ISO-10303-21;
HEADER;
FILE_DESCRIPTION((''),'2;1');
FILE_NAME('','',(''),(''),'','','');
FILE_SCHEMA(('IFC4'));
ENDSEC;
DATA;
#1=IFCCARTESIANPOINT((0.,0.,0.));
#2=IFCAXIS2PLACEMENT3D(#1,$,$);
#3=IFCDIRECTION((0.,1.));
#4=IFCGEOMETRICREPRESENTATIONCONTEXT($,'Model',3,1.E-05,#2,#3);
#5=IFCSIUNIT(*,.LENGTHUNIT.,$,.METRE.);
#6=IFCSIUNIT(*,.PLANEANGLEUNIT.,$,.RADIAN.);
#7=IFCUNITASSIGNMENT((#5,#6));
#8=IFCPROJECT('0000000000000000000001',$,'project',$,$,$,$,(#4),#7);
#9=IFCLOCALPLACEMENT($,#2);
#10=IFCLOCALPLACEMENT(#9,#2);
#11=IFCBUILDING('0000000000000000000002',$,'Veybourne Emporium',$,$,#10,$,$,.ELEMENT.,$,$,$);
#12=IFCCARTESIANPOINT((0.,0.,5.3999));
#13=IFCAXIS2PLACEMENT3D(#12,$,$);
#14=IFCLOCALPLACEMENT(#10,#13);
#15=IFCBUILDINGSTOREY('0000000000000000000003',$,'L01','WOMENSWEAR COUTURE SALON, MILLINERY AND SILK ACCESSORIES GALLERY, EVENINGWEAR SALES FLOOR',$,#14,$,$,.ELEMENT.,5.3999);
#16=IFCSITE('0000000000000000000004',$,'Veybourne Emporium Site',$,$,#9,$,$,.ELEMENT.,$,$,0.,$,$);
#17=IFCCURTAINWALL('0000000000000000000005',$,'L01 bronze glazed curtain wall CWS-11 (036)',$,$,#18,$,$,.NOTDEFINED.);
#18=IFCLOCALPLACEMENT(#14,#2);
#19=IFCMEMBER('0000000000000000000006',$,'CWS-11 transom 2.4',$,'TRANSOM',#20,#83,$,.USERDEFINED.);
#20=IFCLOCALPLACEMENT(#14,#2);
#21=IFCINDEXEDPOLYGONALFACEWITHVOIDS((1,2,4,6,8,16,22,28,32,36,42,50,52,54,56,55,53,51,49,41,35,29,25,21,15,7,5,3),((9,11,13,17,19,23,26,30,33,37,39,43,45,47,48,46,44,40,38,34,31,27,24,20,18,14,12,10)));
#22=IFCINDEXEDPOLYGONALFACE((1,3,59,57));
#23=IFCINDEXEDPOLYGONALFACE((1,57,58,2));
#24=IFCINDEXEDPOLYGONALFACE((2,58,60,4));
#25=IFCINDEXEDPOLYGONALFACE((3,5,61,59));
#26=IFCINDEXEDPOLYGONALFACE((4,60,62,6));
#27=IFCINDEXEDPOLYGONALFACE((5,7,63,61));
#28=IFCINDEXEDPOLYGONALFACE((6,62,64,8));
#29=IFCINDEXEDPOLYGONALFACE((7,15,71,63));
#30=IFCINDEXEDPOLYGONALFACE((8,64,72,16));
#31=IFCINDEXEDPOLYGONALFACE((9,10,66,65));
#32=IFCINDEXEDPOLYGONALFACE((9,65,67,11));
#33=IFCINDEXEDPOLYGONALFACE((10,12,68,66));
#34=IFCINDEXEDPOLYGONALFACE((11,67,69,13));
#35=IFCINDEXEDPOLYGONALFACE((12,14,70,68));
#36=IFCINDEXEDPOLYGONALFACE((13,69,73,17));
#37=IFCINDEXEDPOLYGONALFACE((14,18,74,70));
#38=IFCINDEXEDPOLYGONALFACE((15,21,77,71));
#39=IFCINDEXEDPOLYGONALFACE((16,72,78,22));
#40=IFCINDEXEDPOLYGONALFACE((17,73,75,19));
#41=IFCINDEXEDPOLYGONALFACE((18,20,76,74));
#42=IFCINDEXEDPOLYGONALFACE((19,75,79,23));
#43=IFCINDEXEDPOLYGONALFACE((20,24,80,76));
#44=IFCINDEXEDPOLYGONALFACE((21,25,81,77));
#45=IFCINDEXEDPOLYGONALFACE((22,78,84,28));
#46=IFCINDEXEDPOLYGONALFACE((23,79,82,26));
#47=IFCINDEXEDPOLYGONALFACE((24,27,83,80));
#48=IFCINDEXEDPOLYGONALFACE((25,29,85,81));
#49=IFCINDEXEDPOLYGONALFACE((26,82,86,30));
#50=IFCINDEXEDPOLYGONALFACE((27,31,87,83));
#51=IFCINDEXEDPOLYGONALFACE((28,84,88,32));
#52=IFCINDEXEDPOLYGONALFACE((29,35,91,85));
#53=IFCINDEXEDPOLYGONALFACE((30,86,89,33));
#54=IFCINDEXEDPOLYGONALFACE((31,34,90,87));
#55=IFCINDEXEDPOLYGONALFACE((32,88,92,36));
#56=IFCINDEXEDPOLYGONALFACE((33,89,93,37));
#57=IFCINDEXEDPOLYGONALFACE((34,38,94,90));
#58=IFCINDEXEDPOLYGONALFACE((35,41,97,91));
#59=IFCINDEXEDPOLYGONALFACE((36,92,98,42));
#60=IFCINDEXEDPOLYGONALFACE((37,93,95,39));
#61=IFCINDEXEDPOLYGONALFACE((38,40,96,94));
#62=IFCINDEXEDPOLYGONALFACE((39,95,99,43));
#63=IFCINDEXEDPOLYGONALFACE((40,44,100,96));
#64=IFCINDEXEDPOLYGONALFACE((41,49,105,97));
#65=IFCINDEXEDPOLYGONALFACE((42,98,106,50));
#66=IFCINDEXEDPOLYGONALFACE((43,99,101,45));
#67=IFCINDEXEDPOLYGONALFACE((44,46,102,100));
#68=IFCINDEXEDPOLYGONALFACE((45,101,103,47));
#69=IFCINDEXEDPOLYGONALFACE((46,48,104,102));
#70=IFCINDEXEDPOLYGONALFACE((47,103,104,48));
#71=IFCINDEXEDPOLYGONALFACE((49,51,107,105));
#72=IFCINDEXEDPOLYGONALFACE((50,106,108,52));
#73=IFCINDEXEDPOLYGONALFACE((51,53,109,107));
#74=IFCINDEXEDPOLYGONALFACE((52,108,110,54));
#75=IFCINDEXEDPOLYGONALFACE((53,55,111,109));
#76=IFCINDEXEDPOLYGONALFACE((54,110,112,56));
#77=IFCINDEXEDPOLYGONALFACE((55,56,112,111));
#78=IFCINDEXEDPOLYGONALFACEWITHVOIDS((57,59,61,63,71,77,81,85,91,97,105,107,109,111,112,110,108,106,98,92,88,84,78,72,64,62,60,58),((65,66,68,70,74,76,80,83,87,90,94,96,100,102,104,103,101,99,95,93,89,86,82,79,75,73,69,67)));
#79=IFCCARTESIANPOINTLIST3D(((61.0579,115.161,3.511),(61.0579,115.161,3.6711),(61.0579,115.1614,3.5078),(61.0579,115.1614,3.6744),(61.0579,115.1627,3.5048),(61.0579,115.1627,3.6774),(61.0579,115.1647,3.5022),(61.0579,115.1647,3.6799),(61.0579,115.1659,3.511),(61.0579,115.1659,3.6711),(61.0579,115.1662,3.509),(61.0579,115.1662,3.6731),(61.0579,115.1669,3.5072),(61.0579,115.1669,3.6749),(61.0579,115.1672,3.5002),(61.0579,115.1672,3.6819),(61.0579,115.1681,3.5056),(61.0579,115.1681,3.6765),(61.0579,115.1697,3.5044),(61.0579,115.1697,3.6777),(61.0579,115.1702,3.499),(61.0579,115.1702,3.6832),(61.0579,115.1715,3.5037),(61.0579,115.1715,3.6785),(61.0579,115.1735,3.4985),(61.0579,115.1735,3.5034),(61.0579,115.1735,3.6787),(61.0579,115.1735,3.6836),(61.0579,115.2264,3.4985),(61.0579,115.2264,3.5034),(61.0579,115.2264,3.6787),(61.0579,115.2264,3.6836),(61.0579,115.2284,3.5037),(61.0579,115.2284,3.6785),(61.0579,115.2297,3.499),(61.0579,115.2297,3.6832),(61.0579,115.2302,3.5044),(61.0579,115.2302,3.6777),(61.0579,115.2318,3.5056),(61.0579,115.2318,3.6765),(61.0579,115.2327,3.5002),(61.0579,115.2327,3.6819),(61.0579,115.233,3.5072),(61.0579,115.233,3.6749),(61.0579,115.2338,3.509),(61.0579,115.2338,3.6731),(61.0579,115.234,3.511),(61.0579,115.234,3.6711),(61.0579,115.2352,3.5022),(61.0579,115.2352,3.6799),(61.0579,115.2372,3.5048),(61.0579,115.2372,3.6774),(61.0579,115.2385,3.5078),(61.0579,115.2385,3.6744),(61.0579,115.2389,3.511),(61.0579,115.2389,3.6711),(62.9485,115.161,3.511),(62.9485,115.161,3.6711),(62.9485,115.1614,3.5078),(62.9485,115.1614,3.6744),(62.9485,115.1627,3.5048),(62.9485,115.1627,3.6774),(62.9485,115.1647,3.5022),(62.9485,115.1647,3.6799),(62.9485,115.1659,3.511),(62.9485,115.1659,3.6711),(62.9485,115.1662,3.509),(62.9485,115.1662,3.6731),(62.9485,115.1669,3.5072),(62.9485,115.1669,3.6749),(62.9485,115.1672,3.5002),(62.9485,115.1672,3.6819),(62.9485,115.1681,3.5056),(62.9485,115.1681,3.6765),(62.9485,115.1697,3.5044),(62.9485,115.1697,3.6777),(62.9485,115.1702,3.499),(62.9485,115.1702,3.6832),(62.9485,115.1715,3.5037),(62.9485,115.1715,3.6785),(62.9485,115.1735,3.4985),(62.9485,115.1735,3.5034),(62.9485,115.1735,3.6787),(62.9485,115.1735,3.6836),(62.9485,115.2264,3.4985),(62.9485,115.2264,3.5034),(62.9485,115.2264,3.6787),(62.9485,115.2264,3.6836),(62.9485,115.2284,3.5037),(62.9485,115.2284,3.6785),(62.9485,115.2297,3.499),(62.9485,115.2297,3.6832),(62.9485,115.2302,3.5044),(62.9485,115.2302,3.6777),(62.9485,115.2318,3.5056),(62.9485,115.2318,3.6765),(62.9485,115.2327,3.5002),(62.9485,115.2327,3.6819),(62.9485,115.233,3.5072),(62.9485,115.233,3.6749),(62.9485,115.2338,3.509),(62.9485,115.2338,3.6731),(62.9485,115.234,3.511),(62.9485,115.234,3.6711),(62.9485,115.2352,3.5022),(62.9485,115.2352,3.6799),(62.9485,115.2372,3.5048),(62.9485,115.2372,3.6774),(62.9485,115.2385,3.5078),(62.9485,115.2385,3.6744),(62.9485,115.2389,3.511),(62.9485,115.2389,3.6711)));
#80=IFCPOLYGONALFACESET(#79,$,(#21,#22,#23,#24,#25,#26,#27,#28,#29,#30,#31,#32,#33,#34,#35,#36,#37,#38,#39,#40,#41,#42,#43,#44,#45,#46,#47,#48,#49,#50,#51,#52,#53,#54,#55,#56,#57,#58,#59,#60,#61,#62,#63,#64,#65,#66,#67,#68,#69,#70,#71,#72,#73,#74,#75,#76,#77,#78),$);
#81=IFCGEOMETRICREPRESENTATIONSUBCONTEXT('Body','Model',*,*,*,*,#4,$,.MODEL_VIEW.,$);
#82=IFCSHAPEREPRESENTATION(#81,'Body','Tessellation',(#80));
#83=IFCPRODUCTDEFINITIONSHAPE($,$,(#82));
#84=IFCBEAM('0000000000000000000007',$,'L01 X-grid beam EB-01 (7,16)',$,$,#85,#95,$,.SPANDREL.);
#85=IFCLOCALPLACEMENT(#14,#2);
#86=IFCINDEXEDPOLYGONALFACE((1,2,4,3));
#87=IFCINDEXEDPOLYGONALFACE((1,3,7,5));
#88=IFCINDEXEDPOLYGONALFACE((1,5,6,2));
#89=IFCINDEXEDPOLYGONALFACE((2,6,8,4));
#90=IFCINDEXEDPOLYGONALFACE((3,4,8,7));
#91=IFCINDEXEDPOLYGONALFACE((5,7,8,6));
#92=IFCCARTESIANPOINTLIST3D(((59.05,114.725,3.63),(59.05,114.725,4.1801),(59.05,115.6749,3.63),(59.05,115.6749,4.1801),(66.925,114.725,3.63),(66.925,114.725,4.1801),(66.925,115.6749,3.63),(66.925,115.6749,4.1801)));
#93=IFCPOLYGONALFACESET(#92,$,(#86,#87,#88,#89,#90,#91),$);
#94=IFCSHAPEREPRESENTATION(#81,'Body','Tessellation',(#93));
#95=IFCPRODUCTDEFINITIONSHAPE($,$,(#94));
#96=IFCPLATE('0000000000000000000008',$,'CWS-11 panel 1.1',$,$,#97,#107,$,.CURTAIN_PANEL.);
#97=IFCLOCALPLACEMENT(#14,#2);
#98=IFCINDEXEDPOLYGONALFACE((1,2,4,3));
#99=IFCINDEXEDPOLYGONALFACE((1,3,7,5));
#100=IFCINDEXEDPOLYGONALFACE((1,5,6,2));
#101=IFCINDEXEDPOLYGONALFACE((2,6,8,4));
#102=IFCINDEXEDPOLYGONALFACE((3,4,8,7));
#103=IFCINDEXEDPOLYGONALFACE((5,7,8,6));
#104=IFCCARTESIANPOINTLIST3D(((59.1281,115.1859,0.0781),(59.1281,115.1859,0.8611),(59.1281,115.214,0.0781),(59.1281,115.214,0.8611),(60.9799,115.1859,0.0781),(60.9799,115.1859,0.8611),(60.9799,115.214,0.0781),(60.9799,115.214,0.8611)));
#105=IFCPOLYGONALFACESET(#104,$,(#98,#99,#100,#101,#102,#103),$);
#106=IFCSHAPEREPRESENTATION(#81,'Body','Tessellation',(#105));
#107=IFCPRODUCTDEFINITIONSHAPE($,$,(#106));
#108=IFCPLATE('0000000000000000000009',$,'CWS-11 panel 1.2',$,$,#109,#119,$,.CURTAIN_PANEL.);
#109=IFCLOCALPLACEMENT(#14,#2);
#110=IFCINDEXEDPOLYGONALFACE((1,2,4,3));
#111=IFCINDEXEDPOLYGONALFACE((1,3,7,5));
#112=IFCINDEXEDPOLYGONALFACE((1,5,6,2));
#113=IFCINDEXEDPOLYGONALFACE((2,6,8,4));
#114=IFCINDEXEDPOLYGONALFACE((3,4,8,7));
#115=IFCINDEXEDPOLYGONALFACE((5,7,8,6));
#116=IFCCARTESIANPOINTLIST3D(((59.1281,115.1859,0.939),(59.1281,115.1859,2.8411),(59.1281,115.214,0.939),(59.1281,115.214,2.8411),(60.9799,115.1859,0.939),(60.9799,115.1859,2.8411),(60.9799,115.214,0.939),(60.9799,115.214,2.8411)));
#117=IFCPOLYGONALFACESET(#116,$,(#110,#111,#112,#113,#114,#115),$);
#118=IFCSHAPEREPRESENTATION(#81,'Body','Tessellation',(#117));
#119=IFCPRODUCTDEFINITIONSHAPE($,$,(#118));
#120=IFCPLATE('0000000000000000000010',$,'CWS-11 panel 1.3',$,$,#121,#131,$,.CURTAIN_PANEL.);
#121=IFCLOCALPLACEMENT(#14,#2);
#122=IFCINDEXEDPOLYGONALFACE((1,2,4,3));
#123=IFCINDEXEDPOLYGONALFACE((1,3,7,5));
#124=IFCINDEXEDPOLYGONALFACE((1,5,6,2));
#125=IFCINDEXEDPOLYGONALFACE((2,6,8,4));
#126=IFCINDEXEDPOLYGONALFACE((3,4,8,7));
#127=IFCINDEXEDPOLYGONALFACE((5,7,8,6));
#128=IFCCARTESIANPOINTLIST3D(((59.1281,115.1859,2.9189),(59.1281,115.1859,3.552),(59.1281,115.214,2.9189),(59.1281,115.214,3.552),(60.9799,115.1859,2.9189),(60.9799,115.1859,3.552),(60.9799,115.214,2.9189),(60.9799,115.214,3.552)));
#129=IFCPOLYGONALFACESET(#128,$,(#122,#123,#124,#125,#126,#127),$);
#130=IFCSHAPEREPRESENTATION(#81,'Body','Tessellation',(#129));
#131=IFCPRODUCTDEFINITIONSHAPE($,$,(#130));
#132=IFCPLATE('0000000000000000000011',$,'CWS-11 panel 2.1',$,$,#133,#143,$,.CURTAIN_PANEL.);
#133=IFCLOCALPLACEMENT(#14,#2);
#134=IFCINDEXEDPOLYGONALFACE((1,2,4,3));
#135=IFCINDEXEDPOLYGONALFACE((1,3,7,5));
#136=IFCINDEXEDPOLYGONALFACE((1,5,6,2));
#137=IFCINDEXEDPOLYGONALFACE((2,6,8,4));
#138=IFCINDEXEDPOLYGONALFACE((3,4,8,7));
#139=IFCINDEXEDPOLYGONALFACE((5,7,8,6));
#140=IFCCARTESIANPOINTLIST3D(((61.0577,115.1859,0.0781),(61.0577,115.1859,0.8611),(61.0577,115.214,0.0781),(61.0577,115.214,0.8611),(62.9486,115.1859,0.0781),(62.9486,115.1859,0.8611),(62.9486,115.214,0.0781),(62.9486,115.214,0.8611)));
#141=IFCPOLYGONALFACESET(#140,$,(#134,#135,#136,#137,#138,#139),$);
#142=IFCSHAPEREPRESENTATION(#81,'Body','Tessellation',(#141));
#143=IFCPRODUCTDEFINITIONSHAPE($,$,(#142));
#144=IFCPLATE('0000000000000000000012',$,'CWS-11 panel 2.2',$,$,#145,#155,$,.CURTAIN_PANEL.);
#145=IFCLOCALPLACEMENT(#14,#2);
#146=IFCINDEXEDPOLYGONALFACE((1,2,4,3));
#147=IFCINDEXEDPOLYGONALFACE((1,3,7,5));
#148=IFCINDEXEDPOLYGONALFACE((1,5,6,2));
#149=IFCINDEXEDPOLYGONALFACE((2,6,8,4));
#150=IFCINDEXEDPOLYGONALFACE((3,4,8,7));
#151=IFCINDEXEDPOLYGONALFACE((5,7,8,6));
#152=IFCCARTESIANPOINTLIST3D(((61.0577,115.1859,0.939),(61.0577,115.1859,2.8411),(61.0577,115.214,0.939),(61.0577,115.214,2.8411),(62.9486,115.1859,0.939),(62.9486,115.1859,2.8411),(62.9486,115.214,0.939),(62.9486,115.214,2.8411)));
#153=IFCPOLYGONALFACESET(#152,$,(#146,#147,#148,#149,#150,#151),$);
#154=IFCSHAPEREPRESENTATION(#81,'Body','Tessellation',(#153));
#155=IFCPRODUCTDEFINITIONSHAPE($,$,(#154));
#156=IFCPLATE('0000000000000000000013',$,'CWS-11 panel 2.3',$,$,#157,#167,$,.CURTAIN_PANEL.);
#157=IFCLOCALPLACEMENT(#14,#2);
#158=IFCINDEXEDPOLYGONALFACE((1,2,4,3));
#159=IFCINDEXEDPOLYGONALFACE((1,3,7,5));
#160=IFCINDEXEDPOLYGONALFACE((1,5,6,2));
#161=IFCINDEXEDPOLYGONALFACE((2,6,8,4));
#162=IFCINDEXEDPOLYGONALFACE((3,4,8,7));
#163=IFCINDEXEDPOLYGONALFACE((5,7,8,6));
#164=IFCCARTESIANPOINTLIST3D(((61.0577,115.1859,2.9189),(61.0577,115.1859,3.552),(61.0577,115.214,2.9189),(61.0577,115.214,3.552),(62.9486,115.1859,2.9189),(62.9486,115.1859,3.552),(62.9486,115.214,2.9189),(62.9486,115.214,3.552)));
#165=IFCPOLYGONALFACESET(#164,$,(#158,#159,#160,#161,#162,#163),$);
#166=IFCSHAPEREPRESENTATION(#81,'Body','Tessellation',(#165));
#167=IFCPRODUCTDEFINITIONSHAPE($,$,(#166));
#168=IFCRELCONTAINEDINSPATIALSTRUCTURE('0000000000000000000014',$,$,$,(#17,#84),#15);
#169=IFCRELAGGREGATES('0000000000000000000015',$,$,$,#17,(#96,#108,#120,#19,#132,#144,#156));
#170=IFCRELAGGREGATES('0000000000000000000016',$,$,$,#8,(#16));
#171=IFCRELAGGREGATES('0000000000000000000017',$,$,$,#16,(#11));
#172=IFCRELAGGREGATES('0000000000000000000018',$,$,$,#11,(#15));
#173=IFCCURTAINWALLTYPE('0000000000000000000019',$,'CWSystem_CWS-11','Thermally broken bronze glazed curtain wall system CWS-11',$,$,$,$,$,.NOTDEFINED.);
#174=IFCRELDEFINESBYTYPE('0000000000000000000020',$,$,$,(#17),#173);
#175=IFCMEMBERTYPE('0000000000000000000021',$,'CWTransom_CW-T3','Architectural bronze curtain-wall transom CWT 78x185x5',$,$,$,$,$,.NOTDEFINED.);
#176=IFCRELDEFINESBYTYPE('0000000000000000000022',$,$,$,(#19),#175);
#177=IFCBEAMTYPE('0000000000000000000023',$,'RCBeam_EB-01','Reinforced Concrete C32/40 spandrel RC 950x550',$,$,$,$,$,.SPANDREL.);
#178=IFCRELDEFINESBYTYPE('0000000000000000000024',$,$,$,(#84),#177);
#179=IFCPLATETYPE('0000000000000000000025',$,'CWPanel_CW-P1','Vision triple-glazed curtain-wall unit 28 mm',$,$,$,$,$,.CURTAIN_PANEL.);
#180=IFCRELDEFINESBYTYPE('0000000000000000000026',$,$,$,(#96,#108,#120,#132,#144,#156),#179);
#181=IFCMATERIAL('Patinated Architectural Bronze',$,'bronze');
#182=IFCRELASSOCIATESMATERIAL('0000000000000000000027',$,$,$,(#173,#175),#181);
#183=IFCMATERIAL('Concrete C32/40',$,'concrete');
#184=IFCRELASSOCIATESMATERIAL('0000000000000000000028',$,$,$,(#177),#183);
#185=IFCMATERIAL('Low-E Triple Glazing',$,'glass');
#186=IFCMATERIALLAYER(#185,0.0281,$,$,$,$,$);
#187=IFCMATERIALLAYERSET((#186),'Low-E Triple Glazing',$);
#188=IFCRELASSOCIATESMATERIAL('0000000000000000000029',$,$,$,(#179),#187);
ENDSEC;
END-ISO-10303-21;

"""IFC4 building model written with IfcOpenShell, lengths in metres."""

from ifc_helpers import new_model, si_unit, direction, frame, origin, origin_2d, place, context, subcontext, project, spatial, rectangle, hollow_rectangle, extrude, material, layer, layer_set, material_profile, profile_set, type_object, element, aggregate, save


model = new_model("IFC4")

# Units and contexts
model_context = context("Model", 3, precision=1e-05, world=origin(), true_north=direction((0.0, 1.0)))
body_context = subcontext(model_context, "Body", "Model", "MODEL_VIEW")
ifc_project = project(units=[si_unit("LENGTHUNIT", "METRE"), si_unit("PLANEANGLEUNIT", "RADIAN")], contexts=[model_context])

# Site, building, storey
site_placement = place(None, origin())
site = spatial("IfcSite", under=ifc_project, at=site_placement, Name="Veybourne Emporium Site", CompositionType="ELEMENT", RefElevation=0.0)
building_placement = place(site_placement, origin())
building = spatial("IfcBuilding", under=site, at=building_placement, Name="Veybourne Emporium", CompositionType="ELEMENT")
storey_placement = place(building_placement, frame((0.0, 0.0, 5.3999)))
storey = spatial("IfcBuildingStorey", under=building, at=storey_placement, Name="L01", Description="WOMENSWEAR COUTURE SALON, MILLINERY AND SILK ACCESSORIES GALLERY, EVENINGWEAR SALES FLOOR", CompositionType="ELEMENT", Elevation=5.3999)

# Curtain wall, member
ifc_material_1 = material(Name="Patinated Architectural Bronze", Category="bronze")
curtain_wall_type = type_object("IfcCurtainWallType", Name="CWSystem_CWS-11", Description="Thermally broken bronze glazed curtain wall system CWS-11", PredefinedType="NOTDEFINED", material=ifc_material_1)
curtain_wall_placement = place(storey_placement, origin())
curtain_wall = element("IfcCurtainWall", 1, at=curtain_wall_placement, inside=storey, type_object=curtain_wall_type, Name="L01 bronze glazed curtain wall CWS-11 (036)", PredefinedType="NOTDEFINED")
ifc_material_profile_1 = material_profile(ifc_material_1, hollow_rectangle(XDim=0.0779, YDim=0.1851, WallThickness=0.0049, InnerFilletRadius=0.0076, OuterFilletRadius=0.0125, at=origin_2d()), Name="CWT 78x185x5")
ifc_profile_set_1 = profile_set([ifc_material_profile_1], Name="Patinated Architectural Bronze")
member_type_1 = type_object("IfcMemberType", Name="CWTransom_CW-T3", Description="Architectural bronze curtain-wall transom CWT 78x185x5", PredefinedType="NOTDEFINED", material=ifc_profile_set_1)
member_1_placement = place(storey_placement, frame((61.0579, 115.2, 3.5911), z_axis=(1.0, 0.0, 0.0), x_axis=(0.0, 1.0, 0.0)))
member_1 = element("IfcMember", 2, at=member_1_placement, type_object=member_type_1, Name="CWS-11 transom 2.4", ObjectType="TRANSOM", PredefinedType="USERDEFINED", context=body_context, shape_type="SweptSolid", body=[
    extrude(hollow_rectangle(XDim=0.0779, YDim=0.1851, WallThickness=0.0049, InnerFilletRadius=0.0076, OuterFilletRadius=0.0125, at=origin_2d()), origin(), (0.0, 0.0, 1.0), 1.8906),
])

# Beam
ifc_material_2 = material(Name="Concrete C32/40", Category="concrete")
ifc_material_profile_2 = material_profile(ifc_material_2, rectangle(XDim=0.95, YDim=0.55, at=origin_2d()), Name="RC 950x550")
ifc_profile_set_2 = profile_set([ifc_material_profile_2], Name="Concrete C32/40")
beam_type = type_object("IfcBeamType", Name="RCBeam_EB-01", Description="Reinforced Concrete C32/40 spandrel RC 950x550", PredefinedType="SPANDREL", material=ifc_profile_set_2)
beam_placement = place(storey_placement, frame((59.05, 115.2, 3.905), z_axis=(1.0, 0.0, 0.0), x_axis=(0.0, 1.0, 0.0)))
element("IfcBeam", 3, at=beam_placement, inside=storey, type_object=beam_type, Name="L01 X-grid beam EB-01 (7,16)", PredefinedType="SPANDREL", context=body_context, shape_type="SweptSolid", body=[
    extrude(rectangle(XDim=0.95, YDim=0.55, at=origin_2d()), origin(), (0.0, 0.0, 1.0), 7.875),
])

# Plates
ifc_material_3 = material(Name="Low-E Triple Glazing", Category="glass")
ifc_layer_1 = layer(ifc_material_3, 0.0281)
ifc_layer_set_1 = layer_set([ifc_layer_1], Name="Low-E Triple Glazing")
plate_type = type_object("IfcPlateType", Name="CWPanel_CW-P1", Description="Vision triple-glazed curtain-wall unit 28 mm", PredefinedType="CURTAIN_PANEL", material=ifc_layer_set_1)
plate_1_placement = place(storey_placement, frame((60.054, 115.2, 0.0781), z_axis=(0.0, 0.0, 1.0), x_axis=(1.0, 0.0, 0.0)))
plate_1 = element("IfcPlate", 4, at=plate_1_placement, type_object=plate_type, Name="CWS-11 panel 1.1", PredefinedType="CURTAIN_PANEL", context=body_context, shape_type="SweptSolid", body=[
    extrude(rectangle(XDim=1.8518, YDim=0.0281, at=origin_2d()), origin(), (0.0, 0.0, 1.0), 0.783),
])
plate_2_placement = place(storey_placement, frame((60.054, 115.2, 0.939), z_axis=(0.0, 0.0, 1.0), x_axis=(1.0, 0.0, 0.0)))
plate_2 = element("IfcPlate", 5, at=plate_2_placement, type_object=plate_type, Name="CWS-11 panel 1.2", PredefinedType="CURTAIN_PANEL", context=body_context, shape_type="SweptSolid", body=[
    extrude(rectangle(XDim=1.8518, YDim=0.0281, at=origin_2d()), origin(), (0.0, 0.0, 1.0), 1.9021),
])
plate_3_placement = place(storey_placement, frame((60.054, 115.2, 2.9189), z_axis=(0.0, 0.0, 1.0), x_axis=(1.0, 0.0, 0.0)))
plate_3 = element("IfcPlate", 6, at=plate_3_placement, type_object=plate_type, Name="CWS-11 panel 1.3", PredefinedType="CURTAIN_PANEL", context=body_context, shape_type="SweptSolid", body=[
    extrude(rectangle(XDim=1.8518, YDim=0.0281, at=origin_2d()), origin(), (0.0, 0.0, 1.0), 0.6331),
])
plate_4_placement = place(storey_placement, frame((62.0032, 115.2, 0.0781), z_axis=(0.0, 0.0, 1.0), x_axis=(1.0, 0.0, 0.0)))
plate_4 = element("IfcPlate", 7, at=plate_4_placement, type_object=plate_type, Name="CWS-11 panel 2.1", PredefinedType="CURTAIN_PANEL", context=body_context, shape_type="SweptSolid", body=[
    extrude(rectangle(XDim=1.8909, YDim=0.0281, at=origin_2d()), origin(), (0.0, 0.0, 1.0), 0.783),
])
plate_5_placement = place(storey_placement, frame((62.0032, 115.2, 0.939), z_axis=(0.0, 0.0, 1.0), x_axis=(1.0, 0.0, 0.0)))
plate_5 = element("IfcPlate", 8, at=plate_5_placement, type_object=plate_type, Name="CWS-11 panel 2.2", PredefinedType="CURTAIN_PANEL", context=body_context, shape_type="SweptSolid", body=[
    extrude(rectangle(XDim=1.8909, YDim=0.0281, at=origin_2d()), origin(), (0.0, 0.0, 1.0), 1.9021),
])
plate_6_placement = place(storey_placement, frame((62.0032, 115.2, 2.9189), z_axis=(0.0, 0.0, 1.0), x_axis=(1.0, 0.0, 0.0)))
plate_6 = element("IfcPlate", 9, at=plate_6_placement, type_object=plate_type, Name="CWS-11 panel 2.3", PredefinedType="CURTAIN_PANEL", context=body_context, shape_type="SweptSolid", body=[
    extrude(rectangle(XDim=1.8909, YDim=0.0281, at=origin_2d()), origin(), (0.0, 0.0, 1.0), 0.6331),
])
aggregate(curtain_wall, [plate_1, plate_2, plate_3, member_1, plate_4, plate_5, plate_6])

save(model, "model.ifc")
